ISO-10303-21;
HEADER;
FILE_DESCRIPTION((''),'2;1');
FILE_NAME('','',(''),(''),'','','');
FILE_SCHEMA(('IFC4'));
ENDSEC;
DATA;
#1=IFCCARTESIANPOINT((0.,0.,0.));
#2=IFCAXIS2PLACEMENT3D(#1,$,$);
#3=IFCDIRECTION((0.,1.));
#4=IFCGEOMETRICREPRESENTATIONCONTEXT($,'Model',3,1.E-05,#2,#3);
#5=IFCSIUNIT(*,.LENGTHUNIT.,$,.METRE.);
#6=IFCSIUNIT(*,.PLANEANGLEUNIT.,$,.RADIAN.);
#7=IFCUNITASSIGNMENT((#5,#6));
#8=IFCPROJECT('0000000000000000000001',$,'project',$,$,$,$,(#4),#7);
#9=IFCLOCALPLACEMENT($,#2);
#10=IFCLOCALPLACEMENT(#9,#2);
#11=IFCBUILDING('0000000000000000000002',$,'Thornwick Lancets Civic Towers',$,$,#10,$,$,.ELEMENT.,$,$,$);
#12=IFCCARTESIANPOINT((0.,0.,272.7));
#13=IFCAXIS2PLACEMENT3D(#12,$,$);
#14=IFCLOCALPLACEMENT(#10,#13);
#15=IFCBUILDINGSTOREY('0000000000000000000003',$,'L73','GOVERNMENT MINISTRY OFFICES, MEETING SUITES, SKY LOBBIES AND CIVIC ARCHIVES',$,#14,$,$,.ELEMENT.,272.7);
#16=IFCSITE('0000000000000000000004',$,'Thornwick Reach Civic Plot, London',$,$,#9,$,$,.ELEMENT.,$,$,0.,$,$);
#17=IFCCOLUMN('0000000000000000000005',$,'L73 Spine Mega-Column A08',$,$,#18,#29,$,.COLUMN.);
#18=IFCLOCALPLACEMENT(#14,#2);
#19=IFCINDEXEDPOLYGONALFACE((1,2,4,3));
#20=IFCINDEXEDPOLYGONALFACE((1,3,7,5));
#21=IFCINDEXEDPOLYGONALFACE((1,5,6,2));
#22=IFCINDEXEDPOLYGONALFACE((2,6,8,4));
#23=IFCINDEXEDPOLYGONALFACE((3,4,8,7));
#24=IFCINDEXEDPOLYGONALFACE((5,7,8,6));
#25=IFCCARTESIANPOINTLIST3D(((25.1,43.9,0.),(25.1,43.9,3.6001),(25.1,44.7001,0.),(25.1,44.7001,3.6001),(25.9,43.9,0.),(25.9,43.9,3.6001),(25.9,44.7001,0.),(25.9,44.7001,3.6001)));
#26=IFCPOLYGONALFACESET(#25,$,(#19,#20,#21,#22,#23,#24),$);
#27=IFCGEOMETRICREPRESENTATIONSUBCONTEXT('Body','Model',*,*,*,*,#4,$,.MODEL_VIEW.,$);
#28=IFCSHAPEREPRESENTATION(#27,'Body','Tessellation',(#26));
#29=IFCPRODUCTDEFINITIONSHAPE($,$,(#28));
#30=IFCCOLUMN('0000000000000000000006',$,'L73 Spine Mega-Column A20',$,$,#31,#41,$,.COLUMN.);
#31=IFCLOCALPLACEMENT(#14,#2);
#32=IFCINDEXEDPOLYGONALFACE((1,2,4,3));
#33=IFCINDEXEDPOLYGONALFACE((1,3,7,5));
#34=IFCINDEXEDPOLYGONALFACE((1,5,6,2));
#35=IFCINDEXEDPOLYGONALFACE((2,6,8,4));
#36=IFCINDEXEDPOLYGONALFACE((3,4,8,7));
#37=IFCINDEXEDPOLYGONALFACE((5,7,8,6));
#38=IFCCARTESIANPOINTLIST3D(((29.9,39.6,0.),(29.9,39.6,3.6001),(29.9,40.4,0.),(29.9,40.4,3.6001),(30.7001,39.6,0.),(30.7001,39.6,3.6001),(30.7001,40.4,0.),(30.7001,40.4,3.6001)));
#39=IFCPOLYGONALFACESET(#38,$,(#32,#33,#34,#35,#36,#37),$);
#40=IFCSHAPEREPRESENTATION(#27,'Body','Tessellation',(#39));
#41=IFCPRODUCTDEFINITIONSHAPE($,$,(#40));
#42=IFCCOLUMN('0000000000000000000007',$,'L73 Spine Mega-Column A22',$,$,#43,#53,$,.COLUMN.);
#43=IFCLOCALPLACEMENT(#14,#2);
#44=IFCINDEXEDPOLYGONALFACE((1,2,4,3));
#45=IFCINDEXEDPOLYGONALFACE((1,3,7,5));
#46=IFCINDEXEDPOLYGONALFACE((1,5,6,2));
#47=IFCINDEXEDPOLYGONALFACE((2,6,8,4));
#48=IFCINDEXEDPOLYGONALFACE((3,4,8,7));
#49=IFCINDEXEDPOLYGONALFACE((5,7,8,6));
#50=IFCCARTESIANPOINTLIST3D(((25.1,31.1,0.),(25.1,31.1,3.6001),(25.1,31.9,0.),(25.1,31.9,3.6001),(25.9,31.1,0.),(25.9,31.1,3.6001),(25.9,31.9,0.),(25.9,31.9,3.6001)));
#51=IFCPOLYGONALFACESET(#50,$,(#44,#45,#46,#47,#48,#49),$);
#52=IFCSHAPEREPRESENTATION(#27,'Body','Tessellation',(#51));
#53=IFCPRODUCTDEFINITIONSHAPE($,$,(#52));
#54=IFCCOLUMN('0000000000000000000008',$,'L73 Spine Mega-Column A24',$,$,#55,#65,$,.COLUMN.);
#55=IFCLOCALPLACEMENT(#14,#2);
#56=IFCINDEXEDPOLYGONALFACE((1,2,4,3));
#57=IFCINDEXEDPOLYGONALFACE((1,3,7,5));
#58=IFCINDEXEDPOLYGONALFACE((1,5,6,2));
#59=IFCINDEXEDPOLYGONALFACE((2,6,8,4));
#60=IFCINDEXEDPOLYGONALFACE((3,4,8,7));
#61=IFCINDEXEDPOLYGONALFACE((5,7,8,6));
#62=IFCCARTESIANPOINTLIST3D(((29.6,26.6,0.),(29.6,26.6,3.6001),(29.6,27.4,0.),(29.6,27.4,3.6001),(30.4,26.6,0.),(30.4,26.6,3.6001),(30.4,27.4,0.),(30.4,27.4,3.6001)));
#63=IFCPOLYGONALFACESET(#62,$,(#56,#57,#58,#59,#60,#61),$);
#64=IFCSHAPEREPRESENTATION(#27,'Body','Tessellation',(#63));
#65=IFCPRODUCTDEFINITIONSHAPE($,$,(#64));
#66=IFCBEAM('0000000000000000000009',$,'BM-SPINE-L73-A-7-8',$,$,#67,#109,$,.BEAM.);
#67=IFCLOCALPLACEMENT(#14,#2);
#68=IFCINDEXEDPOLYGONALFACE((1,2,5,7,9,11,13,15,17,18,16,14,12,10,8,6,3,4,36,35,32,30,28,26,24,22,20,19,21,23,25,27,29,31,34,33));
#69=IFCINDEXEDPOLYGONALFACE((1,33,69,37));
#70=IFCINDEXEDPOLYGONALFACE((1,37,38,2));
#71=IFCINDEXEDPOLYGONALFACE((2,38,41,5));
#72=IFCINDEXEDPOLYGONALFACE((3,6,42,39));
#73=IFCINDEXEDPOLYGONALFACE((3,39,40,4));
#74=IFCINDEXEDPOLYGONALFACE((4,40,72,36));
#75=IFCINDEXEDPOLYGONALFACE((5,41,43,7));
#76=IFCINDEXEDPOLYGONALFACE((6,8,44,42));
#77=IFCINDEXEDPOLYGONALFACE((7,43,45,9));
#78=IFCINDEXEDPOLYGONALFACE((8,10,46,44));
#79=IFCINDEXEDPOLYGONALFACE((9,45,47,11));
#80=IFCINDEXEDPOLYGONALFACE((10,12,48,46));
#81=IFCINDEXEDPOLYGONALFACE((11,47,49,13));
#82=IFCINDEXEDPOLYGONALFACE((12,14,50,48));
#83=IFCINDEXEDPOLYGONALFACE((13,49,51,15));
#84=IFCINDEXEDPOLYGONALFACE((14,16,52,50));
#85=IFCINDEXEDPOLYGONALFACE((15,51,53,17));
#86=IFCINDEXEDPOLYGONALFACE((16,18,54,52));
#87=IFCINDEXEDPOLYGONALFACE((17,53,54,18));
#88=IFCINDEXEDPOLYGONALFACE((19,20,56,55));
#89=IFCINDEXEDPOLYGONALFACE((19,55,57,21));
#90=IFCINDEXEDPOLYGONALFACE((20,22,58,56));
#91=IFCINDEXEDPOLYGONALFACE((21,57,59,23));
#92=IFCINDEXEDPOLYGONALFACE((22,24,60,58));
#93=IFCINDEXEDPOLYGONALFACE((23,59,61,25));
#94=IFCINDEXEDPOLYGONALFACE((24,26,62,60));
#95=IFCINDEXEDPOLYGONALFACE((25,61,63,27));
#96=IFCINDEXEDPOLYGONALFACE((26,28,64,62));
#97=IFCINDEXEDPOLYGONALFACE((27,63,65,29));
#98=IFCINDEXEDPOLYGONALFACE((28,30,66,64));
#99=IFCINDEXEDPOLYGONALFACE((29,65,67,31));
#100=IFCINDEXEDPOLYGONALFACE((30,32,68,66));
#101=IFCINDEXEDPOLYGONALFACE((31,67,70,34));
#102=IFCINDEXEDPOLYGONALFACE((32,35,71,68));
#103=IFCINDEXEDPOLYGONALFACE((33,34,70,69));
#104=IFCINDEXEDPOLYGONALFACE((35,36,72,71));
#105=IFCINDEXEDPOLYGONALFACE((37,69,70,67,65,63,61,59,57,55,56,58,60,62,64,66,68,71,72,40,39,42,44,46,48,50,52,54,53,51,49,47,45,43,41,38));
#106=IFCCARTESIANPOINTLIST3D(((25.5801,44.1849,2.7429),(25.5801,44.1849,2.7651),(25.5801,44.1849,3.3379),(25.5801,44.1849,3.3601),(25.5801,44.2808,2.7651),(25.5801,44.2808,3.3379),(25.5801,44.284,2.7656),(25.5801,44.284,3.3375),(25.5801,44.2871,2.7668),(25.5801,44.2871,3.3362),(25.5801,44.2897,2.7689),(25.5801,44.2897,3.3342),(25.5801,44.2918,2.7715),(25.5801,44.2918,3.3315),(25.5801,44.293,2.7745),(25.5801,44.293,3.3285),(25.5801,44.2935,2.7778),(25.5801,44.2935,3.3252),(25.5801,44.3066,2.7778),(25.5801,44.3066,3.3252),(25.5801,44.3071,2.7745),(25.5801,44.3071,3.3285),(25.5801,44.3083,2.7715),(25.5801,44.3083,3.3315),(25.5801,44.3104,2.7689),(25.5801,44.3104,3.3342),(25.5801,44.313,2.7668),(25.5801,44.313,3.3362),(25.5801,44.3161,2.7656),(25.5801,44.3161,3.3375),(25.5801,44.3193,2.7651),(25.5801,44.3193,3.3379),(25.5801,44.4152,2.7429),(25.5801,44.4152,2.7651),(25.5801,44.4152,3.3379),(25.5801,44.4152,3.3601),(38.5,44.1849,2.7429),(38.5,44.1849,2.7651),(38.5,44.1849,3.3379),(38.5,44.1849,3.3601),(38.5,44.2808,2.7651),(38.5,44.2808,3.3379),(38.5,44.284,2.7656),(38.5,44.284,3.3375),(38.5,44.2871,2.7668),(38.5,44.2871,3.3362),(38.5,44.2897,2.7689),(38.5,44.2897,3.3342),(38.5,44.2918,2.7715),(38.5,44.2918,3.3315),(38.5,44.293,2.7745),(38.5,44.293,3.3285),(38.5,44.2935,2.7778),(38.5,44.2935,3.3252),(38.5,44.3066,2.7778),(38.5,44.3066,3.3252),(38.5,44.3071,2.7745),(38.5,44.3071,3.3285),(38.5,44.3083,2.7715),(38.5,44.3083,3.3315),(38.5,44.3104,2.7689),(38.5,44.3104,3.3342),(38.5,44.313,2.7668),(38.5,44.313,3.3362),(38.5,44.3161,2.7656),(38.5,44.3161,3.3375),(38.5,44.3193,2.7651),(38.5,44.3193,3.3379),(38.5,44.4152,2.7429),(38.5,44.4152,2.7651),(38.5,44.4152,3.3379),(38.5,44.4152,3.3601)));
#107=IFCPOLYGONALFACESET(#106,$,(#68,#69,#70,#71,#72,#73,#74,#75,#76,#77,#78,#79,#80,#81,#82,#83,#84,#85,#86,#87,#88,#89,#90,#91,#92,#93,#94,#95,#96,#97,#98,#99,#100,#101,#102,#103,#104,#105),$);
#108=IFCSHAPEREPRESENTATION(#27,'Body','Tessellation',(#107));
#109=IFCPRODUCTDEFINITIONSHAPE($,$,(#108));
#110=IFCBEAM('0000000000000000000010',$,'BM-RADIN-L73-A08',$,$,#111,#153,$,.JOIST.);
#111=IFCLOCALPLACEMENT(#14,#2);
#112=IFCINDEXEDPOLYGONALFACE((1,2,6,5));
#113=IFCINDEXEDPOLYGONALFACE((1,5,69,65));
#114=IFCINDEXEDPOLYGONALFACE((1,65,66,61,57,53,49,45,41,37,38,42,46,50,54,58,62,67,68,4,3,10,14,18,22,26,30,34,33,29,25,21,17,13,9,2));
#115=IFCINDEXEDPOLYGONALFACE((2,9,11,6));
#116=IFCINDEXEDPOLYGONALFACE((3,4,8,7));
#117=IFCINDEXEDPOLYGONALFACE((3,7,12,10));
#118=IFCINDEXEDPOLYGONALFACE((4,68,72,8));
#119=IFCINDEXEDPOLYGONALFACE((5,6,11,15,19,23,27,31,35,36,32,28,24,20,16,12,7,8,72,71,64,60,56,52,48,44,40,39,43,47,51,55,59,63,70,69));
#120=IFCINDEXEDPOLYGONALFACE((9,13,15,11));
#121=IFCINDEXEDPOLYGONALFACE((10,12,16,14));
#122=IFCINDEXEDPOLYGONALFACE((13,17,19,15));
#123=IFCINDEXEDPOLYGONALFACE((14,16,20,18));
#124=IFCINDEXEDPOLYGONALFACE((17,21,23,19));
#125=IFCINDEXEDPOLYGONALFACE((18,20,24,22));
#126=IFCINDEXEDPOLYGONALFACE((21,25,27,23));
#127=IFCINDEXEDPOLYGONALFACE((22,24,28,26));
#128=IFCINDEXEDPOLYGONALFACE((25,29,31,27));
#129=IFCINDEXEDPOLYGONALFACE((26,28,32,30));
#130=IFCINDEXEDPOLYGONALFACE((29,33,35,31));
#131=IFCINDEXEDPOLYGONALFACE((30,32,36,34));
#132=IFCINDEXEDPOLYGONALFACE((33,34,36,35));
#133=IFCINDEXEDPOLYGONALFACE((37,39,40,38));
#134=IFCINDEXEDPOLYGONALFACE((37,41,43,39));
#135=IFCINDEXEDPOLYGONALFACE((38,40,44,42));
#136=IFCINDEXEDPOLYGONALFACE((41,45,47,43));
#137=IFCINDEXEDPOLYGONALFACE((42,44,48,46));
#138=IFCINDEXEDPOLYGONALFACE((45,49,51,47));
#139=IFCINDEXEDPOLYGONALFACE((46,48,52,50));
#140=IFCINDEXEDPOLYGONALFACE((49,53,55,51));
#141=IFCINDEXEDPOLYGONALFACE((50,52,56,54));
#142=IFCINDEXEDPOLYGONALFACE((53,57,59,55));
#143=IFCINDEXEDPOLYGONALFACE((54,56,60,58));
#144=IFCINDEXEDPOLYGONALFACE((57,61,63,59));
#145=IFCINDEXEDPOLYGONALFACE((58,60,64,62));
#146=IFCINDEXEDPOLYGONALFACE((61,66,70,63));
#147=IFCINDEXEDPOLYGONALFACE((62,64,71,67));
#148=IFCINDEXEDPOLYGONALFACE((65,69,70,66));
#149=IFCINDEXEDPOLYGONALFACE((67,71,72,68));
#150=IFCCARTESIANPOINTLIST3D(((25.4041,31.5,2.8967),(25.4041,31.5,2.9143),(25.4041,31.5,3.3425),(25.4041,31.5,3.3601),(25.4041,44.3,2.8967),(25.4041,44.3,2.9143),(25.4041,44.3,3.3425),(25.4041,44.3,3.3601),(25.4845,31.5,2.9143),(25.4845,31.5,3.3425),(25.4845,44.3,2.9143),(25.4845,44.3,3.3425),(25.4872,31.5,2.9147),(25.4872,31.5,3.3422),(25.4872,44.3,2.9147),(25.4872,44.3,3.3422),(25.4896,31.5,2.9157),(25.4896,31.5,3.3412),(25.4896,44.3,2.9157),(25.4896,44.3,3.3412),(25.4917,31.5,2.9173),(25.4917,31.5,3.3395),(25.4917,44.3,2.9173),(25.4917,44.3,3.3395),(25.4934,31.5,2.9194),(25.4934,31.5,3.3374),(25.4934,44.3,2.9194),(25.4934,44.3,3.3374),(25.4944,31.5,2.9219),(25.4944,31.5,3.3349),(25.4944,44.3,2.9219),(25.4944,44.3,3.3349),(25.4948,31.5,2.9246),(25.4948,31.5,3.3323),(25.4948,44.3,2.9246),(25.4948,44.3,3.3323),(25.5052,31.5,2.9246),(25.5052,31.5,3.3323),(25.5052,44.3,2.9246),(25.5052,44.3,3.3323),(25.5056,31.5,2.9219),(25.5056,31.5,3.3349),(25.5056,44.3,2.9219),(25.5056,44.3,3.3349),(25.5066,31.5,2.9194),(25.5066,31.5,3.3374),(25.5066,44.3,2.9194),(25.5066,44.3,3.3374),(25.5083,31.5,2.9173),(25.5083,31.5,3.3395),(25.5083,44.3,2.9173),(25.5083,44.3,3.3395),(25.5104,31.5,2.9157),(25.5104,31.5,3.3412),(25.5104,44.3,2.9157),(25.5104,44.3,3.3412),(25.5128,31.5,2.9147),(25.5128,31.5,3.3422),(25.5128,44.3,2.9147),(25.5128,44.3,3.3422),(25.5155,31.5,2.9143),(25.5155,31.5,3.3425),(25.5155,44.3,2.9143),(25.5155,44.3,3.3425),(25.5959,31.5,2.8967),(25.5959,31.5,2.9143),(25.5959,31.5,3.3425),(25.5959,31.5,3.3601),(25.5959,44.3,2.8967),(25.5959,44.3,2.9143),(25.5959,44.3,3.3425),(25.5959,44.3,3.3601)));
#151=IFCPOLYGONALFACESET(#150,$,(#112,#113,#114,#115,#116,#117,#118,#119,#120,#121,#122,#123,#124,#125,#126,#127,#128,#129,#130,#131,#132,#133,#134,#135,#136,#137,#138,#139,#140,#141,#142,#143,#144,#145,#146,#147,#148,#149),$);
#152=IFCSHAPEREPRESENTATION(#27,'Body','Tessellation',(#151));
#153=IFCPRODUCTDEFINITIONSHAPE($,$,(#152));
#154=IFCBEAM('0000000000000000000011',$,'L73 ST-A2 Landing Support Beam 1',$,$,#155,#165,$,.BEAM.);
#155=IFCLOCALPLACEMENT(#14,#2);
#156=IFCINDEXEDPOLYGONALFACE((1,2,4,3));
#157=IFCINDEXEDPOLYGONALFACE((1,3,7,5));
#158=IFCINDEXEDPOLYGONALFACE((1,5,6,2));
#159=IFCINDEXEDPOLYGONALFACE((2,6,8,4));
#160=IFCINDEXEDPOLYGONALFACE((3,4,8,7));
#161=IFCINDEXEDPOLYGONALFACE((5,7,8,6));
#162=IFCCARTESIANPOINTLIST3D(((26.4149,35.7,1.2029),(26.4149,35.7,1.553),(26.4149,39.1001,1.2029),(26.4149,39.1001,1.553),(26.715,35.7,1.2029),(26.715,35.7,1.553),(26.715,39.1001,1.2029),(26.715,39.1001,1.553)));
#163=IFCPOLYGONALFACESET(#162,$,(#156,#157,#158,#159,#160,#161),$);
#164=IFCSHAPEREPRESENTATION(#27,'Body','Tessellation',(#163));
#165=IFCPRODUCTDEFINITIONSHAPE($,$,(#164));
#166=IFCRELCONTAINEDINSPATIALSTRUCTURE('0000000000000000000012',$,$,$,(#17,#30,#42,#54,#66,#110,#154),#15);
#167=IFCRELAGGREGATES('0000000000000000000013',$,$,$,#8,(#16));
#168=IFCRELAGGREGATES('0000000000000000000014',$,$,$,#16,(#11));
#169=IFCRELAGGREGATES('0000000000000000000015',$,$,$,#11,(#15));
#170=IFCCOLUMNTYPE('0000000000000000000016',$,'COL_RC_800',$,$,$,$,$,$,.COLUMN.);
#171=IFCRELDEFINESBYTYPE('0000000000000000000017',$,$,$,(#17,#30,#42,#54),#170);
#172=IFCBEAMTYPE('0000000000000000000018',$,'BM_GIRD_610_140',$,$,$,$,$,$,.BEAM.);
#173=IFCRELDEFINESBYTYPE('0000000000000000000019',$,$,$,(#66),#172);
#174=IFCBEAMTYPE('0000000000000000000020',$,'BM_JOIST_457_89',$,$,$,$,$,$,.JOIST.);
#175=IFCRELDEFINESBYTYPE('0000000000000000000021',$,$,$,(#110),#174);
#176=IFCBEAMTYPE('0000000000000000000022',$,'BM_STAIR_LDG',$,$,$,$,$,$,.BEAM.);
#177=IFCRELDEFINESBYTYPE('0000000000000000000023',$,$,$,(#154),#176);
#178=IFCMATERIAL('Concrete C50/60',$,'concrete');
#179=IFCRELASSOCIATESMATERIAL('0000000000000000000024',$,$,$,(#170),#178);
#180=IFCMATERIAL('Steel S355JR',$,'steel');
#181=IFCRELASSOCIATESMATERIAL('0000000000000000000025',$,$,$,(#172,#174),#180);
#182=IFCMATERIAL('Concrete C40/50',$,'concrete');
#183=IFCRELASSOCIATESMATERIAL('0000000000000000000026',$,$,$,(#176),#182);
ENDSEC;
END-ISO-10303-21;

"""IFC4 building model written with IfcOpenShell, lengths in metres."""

from ifc_helpers import new_model, si_unit, direction, frame, origin, origin_2d, place, context, subcontext, project, spatial, rectangle, i_section, extrude, material, material_profile, profile_set, type_object, element, save


model = new_model("IFC4")

# Units and contexts
model_context = context("Model", 3, precision=1e-05, world=origin(), true_north=direction((0.0, 1.0)))
body_context = subcontext(model_context, "Body", "Model", "MODEL_VIEW")
ifc_project = project(units=[si_unit("LENGTHUNIT", "METRE"), si_unit("PLANEANGLEUNIT", "RADIAN")], contexts=[model_context])

# Site, building, storey
site_placement = place(None, origin())
site = spatial("IfcSite", under=ifc_project, at=site_placement, Name="Thornwick Reach Civic Plot, London", CompositionType="ELEMENT", RefElevation=0.0)
building_placement = place(site_placement, origin())
building = spatial("IfcBuilding", under=site, at=building_placement, Name="Thornwick Lancets Civic Towers", CompositionType="ELEMENT")
storey_placement = place(building_placement, frame((0.0, 0.0, 272.7)))
storey = spatial("IfcBuildingStorey", under=building, at=storey_placement, Name="L73", Description="GOVERNMENT MINISTRY OFFICES, MEETING SUITES, SKY LOBBIES AND CIVIC ARCHIVES", CompositionType="ELEMENT", Elevation=272.7)

# Columns
ifc_material_1 = material(Name="Concrete C50/60", Category="concrete")
ifc_material_profile_1 = material_profile(ifc_material_1, rectangle(XDim=0.8, YDim=0.8, at=origin_2d()), Name="RC 800x800")
ifc_profile_set_1 = profile_set([ifc_material_profile_1], Name="Concrete C50/60")
column_type = type_object("IfcColumnType", Name="COL_RC_800", PredefinedType="COLUMN", material=ifc_profile_set_1)
for number, where, z_axis, x_axis, name in (
    (1, (25.5, 44.3, 0.0), (0.0, 0.0, 1.0), (1.0, 0.0, 0.0), "L73 Spine Mega-Column A08"),
    (2, (30.3, 40.0, 0.0), (0.0, 0.0, 1.0), (1.0, 0.0, 0.0), "L73 Spine Mega-Column A20"),
    (3, (25.5, 31.5, 0.0), (0.0, 0.0, 1.0), (1.0, 0.0, 0.0), "L73 Spine Mega-Column A22"),
    (4, (30.0, 27.0, 0.0), (0.0, 0.0, 1.0), (1.0, 0.0, 0.0), "L73 Spine Mega-Column A24"),
):
    element("IfcColumn", number, at=place(storey_placement, frame(where, z_axis=z_axis, x_axis=x_axis)), inside=storey, type_object=column_type, Name=name, PredefinedType="COLUMN", context=body_context, shape_type="SweptSolid", body=[
        extrude(rectangle(XDim=0.8, YDim=0.8, at=origin_2d()), origin(), (0.0, 0.0, 1.0), 3.6001),
    ])

# Beams
ifc_material_2 = material(Name="Steel S355JR", Category="steel")
ifc_material_profile_2 = material_profile(ifc_material_2, i_section(OverallWidth=0.2302, OverallDepth=0.6172, WebThickness=0.0132, FlangeThickness=0.0222, FilletRadius=0.0127, at=origin_2d()), Name="UKB 610x229x140")
ifc_profile_set_2 = profile_set([ifc_material_profile_2], Name="Steel S355JR")
beam_type_1 = type_object("IfcBeamType", Name="BM_GIRD_610_140", PredefinedType="BEAM", material=ifc_profile_set_2)
beam_1_placement = place(storey_placement, frame((25.5801, 44.3, 3.0515), z_axis=(1.0, 0.0, 0.0), x_axis=(0.0, 1.0, 0.0)))
element("IfcBeam", 5, at=beam_1_placement, inside=storey, type_object=beam_type_1, Name="BM-SPINE-L73-A-7-8", PredefinedType="BEAM", context=body_context, shape_type="SweptSolid", body=[
    extrude(i_section(OverallWidth=0.2302, OverallDepth=0.6172, WebThickness=0.0132, FlangeThickness=0.0222, FilletRadius=0.0127, at=origin_2d()), origin(), (0.0, 0.0, 1.0), 12.9199),
])
ifc_material_profile_3 = material_profile(ifc_material_2, i_section(OverallWidth=0.1919, OverallDepth=0.4634, WebThickness=0.0105, FlangeThickness=0.0176, FilletRadius=0.0103, at=origin_2d()), Name="UKB 457x191x89")
ifc_profile_set_3 = profile_set([ifc_material_profile_3], Name="Steel S355JR")
beam_type_2 = type_object("IfcBeamType", Name="BM_JOIST_457_89", PredefinedType="JOIST", material=ifc_profile_set_3)
beam_2_placement = place(storey_placement, frame((25.5, 31.5, 3.1284), z_axis=(0.0, 1.0, 0.0), x_axis=(-1.0, 0.0, 0.0)))
element("IfcBeam", 6, at=beam_2_placement, inside=storey, type_object=beam_type_2, Name="BM-RADIN-L73-A08", PredefinedType="JOIST", context=body_context, shape_type="SweptSolid", body=[
    extrude(i_section(OverallWidth=0.1919, OverallDepth=0.4634, WebThickness=0.0105, FlangeThickness=0.0176, FilletRadius=0.0103, at=origin_2d()), origin(), (0.0, 0.0, 1.0), 12.8),
])
ifc_material_3 = material(Name="Concrete C40/50", Category="concrete")
ifc_material_profile_4 = material_profile(ifc_material_3, rectangle(XDim=0.3, YDim=0.3501, at=origin_2d()), Name="RC 300x350")
ifc_profile_set_4 = profile_set([ifc_material_profile_4], Name="Concrete C40/50")
beam_type_3 = type_object("IfcBeamType", Name="BM_STAIR_LDG", PredefinedType="BEAM", material=ifc_profile_set_4)
beam_3_placement = place(storey_placement, frame((26.5649, 39.1001, 1.3779), z_axis=(0.0, -1.0, 0.0), x_axis=(1.0, 0.0, 0.0)))
element("IfcBeam", 7, at=beam_3_placement, inside=storey, type_object=beam_type_3, Name="L73 ST-A2 Landing Support Beam 1", PredefinedType="BEAM", context=body_context, shape_type="SweptSolid", body=[
    extrude(rectangle(XDim=0.3, YDim=0.3501, at=origin_2d()), origin(), (0.0, 0.0, 1.0), 3.4001),
])

save(model, "model.ifc")
